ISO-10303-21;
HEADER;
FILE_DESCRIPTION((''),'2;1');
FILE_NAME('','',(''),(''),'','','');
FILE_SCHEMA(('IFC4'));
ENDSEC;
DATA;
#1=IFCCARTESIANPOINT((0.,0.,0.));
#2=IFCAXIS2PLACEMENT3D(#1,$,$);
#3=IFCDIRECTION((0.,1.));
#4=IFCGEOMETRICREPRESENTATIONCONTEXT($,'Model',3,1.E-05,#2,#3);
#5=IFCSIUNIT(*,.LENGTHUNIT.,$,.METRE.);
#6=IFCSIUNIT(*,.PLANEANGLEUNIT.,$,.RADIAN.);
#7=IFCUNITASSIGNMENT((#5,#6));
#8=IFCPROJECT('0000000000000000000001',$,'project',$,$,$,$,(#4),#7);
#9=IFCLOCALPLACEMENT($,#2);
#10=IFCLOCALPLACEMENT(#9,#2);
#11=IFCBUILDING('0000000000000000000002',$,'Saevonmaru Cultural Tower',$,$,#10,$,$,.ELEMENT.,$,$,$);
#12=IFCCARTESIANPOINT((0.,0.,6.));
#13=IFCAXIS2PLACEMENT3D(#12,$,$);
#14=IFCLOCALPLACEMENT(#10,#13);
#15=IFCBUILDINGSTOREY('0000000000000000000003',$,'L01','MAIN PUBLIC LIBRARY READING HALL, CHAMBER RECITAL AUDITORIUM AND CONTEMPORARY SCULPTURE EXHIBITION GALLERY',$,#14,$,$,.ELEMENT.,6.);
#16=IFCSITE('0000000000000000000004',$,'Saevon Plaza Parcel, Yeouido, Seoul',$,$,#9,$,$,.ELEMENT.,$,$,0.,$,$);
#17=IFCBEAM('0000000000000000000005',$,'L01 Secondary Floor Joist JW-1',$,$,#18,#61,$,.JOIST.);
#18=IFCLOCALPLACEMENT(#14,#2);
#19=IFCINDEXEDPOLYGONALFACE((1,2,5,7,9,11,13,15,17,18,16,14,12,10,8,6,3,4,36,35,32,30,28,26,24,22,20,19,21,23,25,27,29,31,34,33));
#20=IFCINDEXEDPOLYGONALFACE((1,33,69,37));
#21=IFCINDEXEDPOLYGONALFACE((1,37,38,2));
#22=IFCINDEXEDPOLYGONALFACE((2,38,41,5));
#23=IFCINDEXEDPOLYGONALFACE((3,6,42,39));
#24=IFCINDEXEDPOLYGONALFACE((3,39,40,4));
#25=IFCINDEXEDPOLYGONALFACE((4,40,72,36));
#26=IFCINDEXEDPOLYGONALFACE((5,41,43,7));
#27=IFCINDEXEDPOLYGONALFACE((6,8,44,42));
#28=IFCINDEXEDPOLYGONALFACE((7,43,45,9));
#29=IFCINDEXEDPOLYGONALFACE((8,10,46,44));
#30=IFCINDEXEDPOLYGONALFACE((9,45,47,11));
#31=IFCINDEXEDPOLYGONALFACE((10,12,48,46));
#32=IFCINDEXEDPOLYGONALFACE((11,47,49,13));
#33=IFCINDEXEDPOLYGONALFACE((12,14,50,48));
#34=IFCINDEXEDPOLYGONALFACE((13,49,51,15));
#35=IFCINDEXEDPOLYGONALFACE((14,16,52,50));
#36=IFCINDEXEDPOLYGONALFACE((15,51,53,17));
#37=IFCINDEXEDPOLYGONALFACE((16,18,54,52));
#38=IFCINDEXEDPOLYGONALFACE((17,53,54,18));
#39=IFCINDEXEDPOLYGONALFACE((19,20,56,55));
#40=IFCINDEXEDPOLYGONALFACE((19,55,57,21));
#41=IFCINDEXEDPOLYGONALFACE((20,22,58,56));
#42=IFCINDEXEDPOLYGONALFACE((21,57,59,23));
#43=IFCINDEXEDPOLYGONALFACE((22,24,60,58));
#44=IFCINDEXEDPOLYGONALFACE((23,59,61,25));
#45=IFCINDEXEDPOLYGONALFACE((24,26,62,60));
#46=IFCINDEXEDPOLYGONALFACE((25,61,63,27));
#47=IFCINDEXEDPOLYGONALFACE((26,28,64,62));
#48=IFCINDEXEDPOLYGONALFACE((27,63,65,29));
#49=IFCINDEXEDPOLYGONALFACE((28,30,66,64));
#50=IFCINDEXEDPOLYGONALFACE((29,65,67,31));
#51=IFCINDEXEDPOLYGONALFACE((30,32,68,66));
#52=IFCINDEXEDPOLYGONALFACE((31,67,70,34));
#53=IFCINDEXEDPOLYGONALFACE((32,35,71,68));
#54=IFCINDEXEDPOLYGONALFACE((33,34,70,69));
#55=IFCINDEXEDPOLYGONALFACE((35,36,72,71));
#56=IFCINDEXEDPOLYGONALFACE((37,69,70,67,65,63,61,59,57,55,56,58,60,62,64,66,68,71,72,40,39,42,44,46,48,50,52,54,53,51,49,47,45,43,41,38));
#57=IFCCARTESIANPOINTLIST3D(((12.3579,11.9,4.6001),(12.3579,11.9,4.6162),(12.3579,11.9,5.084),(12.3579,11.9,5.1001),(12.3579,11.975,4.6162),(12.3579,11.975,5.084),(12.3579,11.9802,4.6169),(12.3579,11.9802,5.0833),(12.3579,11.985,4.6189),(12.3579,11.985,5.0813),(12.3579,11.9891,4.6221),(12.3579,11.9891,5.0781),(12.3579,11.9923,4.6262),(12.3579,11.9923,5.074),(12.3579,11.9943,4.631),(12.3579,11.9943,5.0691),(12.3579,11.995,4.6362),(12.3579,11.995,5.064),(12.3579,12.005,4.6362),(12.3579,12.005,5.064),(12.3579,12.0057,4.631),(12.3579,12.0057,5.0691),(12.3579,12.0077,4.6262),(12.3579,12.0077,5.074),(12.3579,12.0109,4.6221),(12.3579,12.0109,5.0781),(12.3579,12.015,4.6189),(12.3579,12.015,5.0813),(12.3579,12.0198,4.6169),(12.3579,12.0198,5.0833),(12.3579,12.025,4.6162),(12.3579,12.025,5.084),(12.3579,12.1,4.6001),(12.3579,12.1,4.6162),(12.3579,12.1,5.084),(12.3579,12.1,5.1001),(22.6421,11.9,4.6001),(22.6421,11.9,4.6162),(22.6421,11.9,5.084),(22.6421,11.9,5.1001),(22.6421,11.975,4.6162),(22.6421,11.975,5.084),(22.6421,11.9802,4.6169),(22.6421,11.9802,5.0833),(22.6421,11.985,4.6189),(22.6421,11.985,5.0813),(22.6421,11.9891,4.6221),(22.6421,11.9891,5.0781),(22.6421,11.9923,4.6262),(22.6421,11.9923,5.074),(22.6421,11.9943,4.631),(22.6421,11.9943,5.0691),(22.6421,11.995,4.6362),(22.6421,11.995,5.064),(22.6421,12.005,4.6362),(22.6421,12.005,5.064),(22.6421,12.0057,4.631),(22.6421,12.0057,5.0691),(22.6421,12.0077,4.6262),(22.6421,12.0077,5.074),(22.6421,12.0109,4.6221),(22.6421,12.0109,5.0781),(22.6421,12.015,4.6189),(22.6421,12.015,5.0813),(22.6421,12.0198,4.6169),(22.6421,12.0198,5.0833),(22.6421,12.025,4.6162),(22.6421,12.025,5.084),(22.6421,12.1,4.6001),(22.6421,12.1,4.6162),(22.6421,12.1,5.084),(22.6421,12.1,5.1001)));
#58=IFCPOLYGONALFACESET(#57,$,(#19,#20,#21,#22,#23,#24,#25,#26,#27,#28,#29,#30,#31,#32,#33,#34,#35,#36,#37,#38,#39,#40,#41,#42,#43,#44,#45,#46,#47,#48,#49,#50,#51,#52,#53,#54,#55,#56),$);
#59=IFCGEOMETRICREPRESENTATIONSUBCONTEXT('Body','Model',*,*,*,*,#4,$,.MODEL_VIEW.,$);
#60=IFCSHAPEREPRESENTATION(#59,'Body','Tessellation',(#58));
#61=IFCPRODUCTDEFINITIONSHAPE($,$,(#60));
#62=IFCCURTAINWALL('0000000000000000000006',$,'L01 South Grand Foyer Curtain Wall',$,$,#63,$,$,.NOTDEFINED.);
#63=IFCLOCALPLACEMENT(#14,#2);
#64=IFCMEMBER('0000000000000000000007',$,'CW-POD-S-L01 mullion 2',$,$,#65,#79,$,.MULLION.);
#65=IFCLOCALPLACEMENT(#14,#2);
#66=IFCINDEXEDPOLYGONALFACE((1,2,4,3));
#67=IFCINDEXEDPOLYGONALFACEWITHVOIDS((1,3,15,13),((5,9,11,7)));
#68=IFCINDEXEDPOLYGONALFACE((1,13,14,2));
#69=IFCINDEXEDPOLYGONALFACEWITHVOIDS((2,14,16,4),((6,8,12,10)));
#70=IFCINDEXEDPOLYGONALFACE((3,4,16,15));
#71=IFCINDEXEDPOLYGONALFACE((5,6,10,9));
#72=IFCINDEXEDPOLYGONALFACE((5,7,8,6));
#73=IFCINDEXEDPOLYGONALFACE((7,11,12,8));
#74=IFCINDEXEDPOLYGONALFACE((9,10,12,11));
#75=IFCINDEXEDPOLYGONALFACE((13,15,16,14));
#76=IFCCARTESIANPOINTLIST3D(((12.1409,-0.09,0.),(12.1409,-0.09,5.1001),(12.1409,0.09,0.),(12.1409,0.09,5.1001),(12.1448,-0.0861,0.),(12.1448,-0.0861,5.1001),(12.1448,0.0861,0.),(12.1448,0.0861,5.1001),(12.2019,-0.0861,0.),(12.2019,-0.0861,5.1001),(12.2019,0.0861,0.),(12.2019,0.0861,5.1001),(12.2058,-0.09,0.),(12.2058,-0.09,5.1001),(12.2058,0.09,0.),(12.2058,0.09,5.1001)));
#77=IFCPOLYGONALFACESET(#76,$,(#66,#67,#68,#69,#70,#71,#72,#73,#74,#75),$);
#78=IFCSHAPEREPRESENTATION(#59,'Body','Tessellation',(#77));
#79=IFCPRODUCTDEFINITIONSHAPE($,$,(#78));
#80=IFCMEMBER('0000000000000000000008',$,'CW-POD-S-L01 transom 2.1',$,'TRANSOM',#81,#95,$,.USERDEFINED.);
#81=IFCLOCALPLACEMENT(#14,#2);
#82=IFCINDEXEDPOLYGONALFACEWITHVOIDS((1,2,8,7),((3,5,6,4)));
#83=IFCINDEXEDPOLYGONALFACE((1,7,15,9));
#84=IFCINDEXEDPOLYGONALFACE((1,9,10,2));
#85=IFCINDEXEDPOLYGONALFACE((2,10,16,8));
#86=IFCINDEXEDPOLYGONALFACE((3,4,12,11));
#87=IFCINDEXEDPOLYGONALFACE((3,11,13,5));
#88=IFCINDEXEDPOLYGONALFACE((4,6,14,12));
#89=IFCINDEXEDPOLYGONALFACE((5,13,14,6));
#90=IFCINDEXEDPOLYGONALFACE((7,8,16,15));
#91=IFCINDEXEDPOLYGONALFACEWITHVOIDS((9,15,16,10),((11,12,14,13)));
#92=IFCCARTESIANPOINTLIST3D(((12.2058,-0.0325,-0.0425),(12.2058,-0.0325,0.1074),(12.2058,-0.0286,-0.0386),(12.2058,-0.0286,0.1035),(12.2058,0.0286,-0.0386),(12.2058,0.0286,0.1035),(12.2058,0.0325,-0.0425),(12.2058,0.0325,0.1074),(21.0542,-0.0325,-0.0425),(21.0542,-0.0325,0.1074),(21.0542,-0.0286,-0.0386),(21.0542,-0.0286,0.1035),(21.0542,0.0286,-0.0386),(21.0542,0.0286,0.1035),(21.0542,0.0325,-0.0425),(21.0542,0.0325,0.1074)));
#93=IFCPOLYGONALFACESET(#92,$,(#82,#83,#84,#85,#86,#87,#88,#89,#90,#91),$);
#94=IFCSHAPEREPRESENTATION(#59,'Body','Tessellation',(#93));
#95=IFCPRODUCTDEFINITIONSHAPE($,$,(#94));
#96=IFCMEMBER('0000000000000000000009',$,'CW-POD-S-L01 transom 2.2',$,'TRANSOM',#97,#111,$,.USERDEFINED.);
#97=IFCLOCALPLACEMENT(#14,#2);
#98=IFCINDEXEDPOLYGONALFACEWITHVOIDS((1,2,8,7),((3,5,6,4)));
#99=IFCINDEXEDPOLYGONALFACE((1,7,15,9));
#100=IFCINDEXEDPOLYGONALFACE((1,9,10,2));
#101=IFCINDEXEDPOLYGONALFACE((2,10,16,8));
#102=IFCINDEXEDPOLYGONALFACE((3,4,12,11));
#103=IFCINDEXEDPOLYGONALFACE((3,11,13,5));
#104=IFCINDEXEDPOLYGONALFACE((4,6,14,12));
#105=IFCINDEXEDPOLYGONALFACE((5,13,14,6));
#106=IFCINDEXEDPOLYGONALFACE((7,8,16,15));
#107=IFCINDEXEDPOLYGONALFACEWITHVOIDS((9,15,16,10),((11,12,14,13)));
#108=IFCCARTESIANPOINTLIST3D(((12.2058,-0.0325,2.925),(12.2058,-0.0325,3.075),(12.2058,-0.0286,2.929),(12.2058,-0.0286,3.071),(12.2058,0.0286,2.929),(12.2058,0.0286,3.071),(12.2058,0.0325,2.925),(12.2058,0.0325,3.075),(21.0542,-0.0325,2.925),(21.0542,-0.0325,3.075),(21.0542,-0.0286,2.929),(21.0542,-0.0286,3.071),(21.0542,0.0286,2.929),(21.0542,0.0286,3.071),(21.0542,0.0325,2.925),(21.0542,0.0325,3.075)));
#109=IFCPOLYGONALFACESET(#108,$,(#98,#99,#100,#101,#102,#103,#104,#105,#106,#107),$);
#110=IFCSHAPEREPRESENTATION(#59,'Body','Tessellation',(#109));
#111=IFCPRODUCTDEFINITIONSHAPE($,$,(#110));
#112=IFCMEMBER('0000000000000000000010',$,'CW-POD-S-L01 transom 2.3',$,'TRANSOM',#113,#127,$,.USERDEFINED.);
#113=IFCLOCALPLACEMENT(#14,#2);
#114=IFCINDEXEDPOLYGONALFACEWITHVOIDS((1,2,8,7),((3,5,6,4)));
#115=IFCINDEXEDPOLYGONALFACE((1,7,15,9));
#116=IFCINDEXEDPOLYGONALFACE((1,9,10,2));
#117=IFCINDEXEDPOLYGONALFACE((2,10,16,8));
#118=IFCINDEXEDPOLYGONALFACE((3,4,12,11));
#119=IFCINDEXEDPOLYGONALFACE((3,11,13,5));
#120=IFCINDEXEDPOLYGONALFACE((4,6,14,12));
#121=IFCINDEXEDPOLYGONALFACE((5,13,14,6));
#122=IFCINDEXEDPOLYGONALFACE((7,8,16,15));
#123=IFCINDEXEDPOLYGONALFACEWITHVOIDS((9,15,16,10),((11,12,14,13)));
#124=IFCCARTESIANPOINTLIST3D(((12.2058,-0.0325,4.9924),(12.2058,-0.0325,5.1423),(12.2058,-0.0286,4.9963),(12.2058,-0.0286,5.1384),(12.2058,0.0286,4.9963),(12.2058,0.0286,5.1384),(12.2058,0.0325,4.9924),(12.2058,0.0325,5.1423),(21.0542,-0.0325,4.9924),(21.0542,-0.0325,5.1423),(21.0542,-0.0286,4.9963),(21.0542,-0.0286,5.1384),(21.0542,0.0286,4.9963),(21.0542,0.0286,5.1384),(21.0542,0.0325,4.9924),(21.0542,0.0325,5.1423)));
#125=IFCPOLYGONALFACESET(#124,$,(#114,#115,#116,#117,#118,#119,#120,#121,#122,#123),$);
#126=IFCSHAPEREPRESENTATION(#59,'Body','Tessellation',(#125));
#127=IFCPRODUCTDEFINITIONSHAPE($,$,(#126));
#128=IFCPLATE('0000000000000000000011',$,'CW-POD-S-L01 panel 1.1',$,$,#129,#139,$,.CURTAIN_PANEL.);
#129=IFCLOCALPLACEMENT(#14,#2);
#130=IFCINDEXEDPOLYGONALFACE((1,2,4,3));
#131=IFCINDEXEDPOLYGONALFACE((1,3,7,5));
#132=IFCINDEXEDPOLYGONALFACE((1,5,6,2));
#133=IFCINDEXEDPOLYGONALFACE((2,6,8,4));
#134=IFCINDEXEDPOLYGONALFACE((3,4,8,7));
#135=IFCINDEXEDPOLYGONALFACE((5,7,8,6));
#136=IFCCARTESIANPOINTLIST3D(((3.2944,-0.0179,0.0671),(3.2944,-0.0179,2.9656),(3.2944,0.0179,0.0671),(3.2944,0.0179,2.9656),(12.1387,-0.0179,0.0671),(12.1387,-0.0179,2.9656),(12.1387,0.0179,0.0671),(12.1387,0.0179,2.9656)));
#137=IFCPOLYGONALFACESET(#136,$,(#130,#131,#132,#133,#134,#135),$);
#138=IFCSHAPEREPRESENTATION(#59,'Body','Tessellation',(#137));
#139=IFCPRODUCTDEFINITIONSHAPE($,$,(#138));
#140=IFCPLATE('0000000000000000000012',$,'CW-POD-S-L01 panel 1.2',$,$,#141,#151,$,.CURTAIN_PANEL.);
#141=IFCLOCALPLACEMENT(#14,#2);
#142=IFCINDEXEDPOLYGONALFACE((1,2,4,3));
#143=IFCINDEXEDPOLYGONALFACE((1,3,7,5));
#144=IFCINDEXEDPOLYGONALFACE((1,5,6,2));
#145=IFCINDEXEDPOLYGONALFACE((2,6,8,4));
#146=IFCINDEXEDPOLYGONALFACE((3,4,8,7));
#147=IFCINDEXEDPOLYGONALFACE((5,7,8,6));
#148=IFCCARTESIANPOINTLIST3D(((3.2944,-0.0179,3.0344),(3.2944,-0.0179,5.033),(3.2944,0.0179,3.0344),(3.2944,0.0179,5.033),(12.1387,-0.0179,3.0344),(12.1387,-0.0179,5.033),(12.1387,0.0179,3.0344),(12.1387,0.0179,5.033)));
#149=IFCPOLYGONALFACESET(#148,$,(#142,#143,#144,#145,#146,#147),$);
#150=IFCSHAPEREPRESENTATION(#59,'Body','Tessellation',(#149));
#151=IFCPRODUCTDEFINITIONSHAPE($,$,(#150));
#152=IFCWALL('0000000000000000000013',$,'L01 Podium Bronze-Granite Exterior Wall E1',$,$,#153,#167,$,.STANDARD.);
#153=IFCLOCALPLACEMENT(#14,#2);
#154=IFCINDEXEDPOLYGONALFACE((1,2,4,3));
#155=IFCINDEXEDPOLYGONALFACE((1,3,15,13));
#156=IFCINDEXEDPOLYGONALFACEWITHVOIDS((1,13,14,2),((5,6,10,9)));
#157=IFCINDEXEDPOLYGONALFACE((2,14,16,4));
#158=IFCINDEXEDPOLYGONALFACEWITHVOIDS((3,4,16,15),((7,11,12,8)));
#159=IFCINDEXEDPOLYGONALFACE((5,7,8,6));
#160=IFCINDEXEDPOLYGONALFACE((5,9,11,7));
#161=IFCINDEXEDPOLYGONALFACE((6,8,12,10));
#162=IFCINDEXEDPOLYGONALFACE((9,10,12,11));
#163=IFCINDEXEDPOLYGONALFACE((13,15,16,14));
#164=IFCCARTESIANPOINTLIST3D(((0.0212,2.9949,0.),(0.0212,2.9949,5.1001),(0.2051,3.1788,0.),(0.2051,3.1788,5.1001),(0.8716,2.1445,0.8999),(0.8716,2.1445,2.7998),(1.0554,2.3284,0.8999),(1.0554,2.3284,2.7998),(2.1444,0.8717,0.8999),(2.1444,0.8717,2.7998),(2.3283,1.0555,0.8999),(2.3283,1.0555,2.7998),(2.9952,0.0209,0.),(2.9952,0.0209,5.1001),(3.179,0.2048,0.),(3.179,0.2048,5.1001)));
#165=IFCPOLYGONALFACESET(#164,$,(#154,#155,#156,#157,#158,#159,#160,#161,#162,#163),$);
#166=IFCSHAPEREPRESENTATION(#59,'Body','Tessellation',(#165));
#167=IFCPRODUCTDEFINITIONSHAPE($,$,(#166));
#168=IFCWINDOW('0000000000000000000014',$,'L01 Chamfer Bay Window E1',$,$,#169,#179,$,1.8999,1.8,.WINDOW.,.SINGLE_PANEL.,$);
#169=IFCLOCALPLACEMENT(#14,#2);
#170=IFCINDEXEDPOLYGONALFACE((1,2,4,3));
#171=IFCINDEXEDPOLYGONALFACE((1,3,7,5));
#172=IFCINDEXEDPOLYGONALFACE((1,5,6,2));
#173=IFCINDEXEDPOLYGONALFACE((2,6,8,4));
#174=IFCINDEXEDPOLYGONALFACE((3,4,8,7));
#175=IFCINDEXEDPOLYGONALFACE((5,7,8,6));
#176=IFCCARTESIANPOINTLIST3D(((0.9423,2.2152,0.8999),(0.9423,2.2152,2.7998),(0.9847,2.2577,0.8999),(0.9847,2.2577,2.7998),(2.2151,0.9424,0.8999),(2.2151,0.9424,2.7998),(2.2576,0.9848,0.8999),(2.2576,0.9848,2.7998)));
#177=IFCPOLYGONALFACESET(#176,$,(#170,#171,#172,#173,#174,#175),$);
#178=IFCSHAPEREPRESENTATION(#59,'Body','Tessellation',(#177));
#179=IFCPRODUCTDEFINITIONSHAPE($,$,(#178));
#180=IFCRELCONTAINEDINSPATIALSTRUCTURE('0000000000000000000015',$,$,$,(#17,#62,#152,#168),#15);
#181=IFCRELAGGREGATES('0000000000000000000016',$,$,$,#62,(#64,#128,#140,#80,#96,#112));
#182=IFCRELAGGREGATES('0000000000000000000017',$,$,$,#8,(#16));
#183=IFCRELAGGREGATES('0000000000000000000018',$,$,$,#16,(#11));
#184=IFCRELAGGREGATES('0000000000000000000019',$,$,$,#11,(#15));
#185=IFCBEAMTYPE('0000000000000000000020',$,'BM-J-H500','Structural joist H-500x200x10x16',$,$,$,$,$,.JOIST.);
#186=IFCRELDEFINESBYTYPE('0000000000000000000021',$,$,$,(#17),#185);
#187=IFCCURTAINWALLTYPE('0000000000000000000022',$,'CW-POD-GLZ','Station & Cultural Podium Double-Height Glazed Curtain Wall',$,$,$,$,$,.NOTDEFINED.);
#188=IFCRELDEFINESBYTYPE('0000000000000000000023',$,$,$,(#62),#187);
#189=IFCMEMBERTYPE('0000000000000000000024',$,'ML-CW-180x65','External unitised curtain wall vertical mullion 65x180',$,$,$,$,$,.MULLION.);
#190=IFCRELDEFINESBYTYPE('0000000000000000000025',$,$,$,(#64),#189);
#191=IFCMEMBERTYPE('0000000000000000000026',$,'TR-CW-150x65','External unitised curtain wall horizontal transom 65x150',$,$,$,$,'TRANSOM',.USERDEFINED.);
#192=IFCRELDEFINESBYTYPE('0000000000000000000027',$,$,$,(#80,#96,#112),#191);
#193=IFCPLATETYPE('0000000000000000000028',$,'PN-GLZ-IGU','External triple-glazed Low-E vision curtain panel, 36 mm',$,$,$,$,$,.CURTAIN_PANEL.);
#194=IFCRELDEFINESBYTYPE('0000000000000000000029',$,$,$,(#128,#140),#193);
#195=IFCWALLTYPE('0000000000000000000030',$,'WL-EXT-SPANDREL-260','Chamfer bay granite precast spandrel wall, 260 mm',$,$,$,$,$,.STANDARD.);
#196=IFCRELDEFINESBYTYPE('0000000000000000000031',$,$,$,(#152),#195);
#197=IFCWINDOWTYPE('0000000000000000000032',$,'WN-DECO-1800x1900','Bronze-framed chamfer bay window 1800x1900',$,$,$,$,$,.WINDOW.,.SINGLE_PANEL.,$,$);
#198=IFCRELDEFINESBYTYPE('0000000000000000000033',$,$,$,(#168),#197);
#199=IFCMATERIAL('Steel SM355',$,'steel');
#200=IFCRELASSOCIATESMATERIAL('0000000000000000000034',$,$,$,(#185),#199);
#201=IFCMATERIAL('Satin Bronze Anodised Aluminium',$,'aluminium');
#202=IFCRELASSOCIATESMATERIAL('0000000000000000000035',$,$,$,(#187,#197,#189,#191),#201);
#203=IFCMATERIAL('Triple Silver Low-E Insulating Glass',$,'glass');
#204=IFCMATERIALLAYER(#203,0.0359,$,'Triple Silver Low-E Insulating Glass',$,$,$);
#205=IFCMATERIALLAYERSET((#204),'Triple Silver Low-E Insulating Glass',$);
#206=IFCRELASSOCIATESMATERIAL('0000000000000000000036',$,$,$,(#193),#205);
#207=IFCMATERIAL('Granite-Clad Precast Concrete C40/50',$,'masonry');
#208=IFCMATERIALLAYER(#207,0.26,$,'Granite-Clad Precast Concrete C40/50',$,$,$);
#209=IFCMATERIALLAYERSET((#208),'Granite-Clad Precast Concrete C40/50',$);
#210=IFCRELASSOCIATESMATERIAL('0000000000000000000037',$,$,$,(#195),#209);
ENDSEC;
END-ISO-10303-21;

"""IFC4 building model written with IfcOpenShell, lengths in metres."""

from ifc_helpers import new_model, si_unit, direction, frame, frame_2d, origin, origin_2d, place, context, subcontext, project, spatial, rectangle, hollow_rectangle, i_section, extrude, material, layer, layer_set, material_profile, profile_set, type_object, element, fill, aggregate, save


model = new_model("IFC4")

# Units and contexts
model_context = context("Model", 3, precision=1e-05, world=origin(), true_north=direction((0.0, 1.0)))
body_context = subcontext(model_context, "Body", "Model", "MODEL_VIEW")
ifc_project = project(units=[si_unit("LENGTHUNIT", "METRE"), si_unit("PLANEANGLEUNIT", "RADIAN")], contexts=[model_context])

# Site, building, storey
site_placement = place(None, origin())
site = spatial("IfcSite", under=ifc_project, at=site_placement, Name="Saevon Plaza Parcel, Yeouido, Seoul", CompositionType="ELEMENT", RefElevation=0.0)
building_placement = place(site_placement, origin())
building = spatial("IfcBuilding", under=site, at=building_placement, Name="Saevonmaru Cultural Tower", CompositionType="ELEMENT")
storey_placement = place(building_placement, frame((0.0, 0.0, 6.0)))
storey = spatial("IfcBuildingStorey", under=building, at=storey_placement, Name="L01", Description="MAIN PUBLIC LIBRARY READING HALL, CHAMBER RECITAL AUDITORIUM AND CONTEMPORARY SCULPTURE EXHIBITION GALLERY", CompositionType="ELEMENT", Elevation=6.0)

# Shared definitions
ifc_material_1 = material(Name="Steel SM355", Category="steel")

# Beam
ifc_material_profile_1 = material_profile(ifc_material_1, i_section(OverallWidth=0.2, OverallDepth=0.5, WebThickness=0.01, FlangeThickness=0.0161, FilletRadius=0.02, at=origin_2d()), Name="H-500x200x10x16")
ifc_profile_set_1 = profile_set([ifc_material_profile_1], Name="Steel SM355")
beam_type_1 = type_object("IfcBeamType", Name="BM-J-H500", Description="Structural joist H-500x200x10x16", PredefinedType="JOIST", material=ifc_profile_set_1)
beam_1_placement = place(storey_placement, frame((12.3579, 12.0, 4.8501), z_axis=(1.0, 0.0, 0.0), x_axis=(0.0, 1.0, 0.0)))
element("IfcBeam", 1, at=beam_1_placement, inside=storey, type_object=beam_type_1, Name="L01 Secondary Floor Joist JW-1", PredefinedType="JOIST", context=body_context, shape_type="SweptSolid", body=[
    extrude(i_section(OverallWidth=0.2, OverallDepth=0.5, WebThickness=0.01, FlangeThickness=0.0161, FilletRadius=0.02, at=origin_2d()), origin(), (0.0, 0.0, 1.0), 10.2842),
])

# Curtain wall, members, plates
ifc_material_2 = material(Name="Satin Bronze Anodised Aluminium", Category="aluminium")
curtain_wall_type = type_object("IfcCurtainWallType", Name="CW-POD-GLZ", Description="Station & Cultural Podium Double-Height Glazed Curtain Wall", PredefinedType="NOTDEFINED", material=ifc_material_2)
curtain_wall_placement = place(storey_placement, origin())
curtain_wall = element("IfcCurtainWall", 2, at=curtain_wall_placement, inside=storey, type_object=curtain_wall_type, Name="L01 South Grand Foyer Curtain Wall", PredefinedType="NOTDEFINED")
ifc_material_profile_2 = material_profile(ifc_material_2, hollow_rectangle(XDim=0.0649, YDim=0.1799, WallThickness=0.0039, at=origin_2d()), Name="ALU-MULL-180x65x4")
ifc_profile_set_2 = profile_set([ifc_material_profile_2], Name="Satin Bronze Anodised Aluminium")
member_type_1 = type_object("IfcMemberType", Name="ML-CW-180x65", Description="External unitised curtain wall vertical mullion 65x180", PredefinedType="MULLION", material=ifc_profile_set_2)
member_1_placement = place(storey_placement, frame((12.1733, 0.0, 0.0), z_axis=(0.0, 0.0, 1.0), x_axis=(1.0, 0.0, 0.0)))
member_1 = element("IfcMember", 3, at=member_1_placement, type_object=member_type_1, Name="CW-POD-S-L01 mullion 2", PredefinedType="MULLION", context=body_context, shape_type="SweptSolid", body=[
    extrude(hollow_rectangle(XDim=0.0649, YDim=0.1799, WallThickness=0.0039, at=origin_2d()), origin(), (0.0, 0.0, 1.0), 5.1001),
])
ifc_material_profile_3 = material_profile(ifc_material_2, hollow_rectangle(XDim=0.0649, YDim=0.1499, WallThickness=0.0039, at=origin_2d()), Name="ALU-TRAN-150x65x4")
ifc_profile_set_3 = profile_set([ifc_material_profile_3], Name="Satin Bronze Anodised Aluminium")
member_type_2 = type_object("IfcMemberType", Name="TR-CW-150x65", Description="External unitised curtain wall horizontal transom 65x150", ElementType="TRANSOM", PredefinedType="USERDEFINED", material=ifc_profile_set_3)
member_2_placement = place(storey_placement, frame((12.2058, 0.0, 0.0325), z_axis=(1.0, 0.0, 0.0), x_axis=(0.0, 1.0, 0.0)))
member_2 = element("IfcMember", 4, at=member_2_placement, type_object=member_type_2, Name="CW-POD-S-L01 transom 2.1", ObjectType="TRANSOM", PredefinedType="USERDEFINED", context=body_context, shape_type="SweptSolid", body=[
    extrude(hollow_rectangle(XDim=0.0649, YDim=0.1499, WallThickness=0.0039, at=origin_2d()), origin(), (0.0, 0.0, 1.0), 8.8484),
])
member_3_placement = place(storey_placement, frame((12.2058, 0.0, 3.0), z_axis=(1.0, 0.0, 0.0), x_axis=(0.0, 1.0, 0.0)))
member_3 = element("IfcMember", 5, at=member_3_placement, type_object=member_type_2, Name="CW-POD-S-L01 transom 2.2", ObjectType="TRANSOM", PredefinedType="USERDEFINED", context=body_context, shape_type="SweptSolid", body=[
    extrude(hollow_rectangle(XDim=0.0649, YDim=0.1499, WallThickness=0.0039, at=origin_2d()), origin(), (0.0, 0.0, 1.0), 8.8484),
])
member_4_placement = place(storey_placement, frame((12.2058, 0.0, 5.0674), z_axis=(1.0, 0.0, 0.0), x_axis=(0.0, 1.0, 0.0)))
member_4 = element("IfcMember", 6, at=member_4_placement, type_object=member_type_2, Name="CW-POD-S-L01 transom 2.3", ObjectType="TRANSOM", PredefinedType="USERDEFINED", context=body_context, shape_type="SweptSolid", body=[
    extrude(hollow_rectangle(XDim=0.0649, YDim=0.1499, WallThickness=0.0039, at=origin_2d()), origin(), (0.0, 0.0, 1.0), 8.8484),
])
ifc_material_3 = material(Name="Triple Silver Low-E Insulating Glass", Category="glass")
ifc_layer_1 = layer(ifc_material_3, 0.0359, Name="Triple Silver Low-E Insulating Glass")
ifc_layer_set_1 = layer_set([ifc_layer_1], Name="Triple Silver Low-E Insulating Glass")
plate_type = type_object("IfcPlateType", Name="PN-GLZ-IGU", Description="External triple-glazed Low-E vision curtain panel, 36 mm", PredefinedType="CURTAIN_PANEL", material=ifc_layer_set_1)
plate_1_placement = place(storey_placement, frame((7.7166, 0.0, 0.0671), z_axis=(0.0, 0.0, 1.0), x_axis=(1.0, 0.0, 0.0)))
plate_1 = element("IfcPlate", 7, at=plate_1_placement, type_object=plate_type, Name="CW-POD-S-L01 panel 1.1", PredefinedType="CURTAIN_PANEL", context=body_context, shape_type="SweptSolid", body=[
    extrude(rectangle(XDim=8.8442, YDim=0.0359, at=origin_2d()), origin(), (0.0, 0.0, 1.0), 2.8984),
])
plate_2_placement = place(storey_placement, frame((7.7166, 0.0, 3.0344), z_axis=(0.0, 0.0, 1.0), x_axis=(1.0, 0.0, 0.0)))
plate_2 = element("IfcPlate", 8, at=plate_2_placement, type_object=plate_type, Name="CW-POD-S-L01 panel 1.2", PredefinedType="CURTAIN_PANEL", context=body_context, shape_type="SweptSolid", body=[
    extrude(rectangle(XDim=8.8442, YDim=0.0359, at=origin_2d()), origin(), (0.0, 0.0, 1.0), 1.9985),
])
aggregate(curtain_wall, [member_1, plate_1, plate_2, member_2, member_3, member_4])

# Wall, opening, window
ifc_material_4 = material(Name="Granite-Clad Precast Concrete C40/50", Category="masonry")
ifc_layer_2 = layer(ifc_material_4, 0.26, Name="Granite-Clad Precast Concrete C40/50")
ifc_layer_set_2 = layer_set([ifc_layer_2], Name="Granite-Clad Precast Concrete C40/50")
wall_type_1 = type_object("IfcWallType", Name="WL-EXT-SPANDREL-260", Description="Chamfer bay granite precast spandrel wall, 260 mm", PredefinedType="STANDARD", material=ifc_layer_set_2)
wall_1_placement = place(storey_placement, frame((0.113, 3.0869, 0.0), z_axis=(0.0, 0.0, 1.0), x_axis=(0.707107, -0.707107, 0.0)))
wall_1 = element("IfcWall", 9, at=wall_1_placement, inside=storey, type_object=wall_type_1, Name="L01 Podium Bronze-Granite Exterior Wall E1", PredefinedType="STANDARD", context=body_context, shape_type="SweptSolid", body=[
    extrude(rectangle(XDim=4.2058, YDim=0.26, at=frame_2d((2.103, 0.0))), origin(), (0.0, 0.0, 1.0), 5.1001),
])
opening_placement = place(wall_1_placement, frame((1.2029, 0.0, 0.8999)))
opening = element("IfcOpeningElement", 10, at=opening_placement, cuts=wall_1, PredefinedType="OPENING", context=body_context, shape_type="SweptSolid", body=[
    extrude(rectangle(XDim=1.8, YDim=1.8999, at=frame_2d((0.8999, 0.95))), frame((0.0, 0.1401, 0.0), z_axis=(0.0, -1.0, 0.0), x_axis=(1.0, 0.0, 0.0)), (0.0, 0.0, 1.0), 0.28),
])
window_type = type_object("IfcWindowType", Name="WN-DECO-1800x1900", Description="Bronze-framed chamfer bay window 1800x1900", PartitioningType="SINGLE_PANEL", PredefinedType="WINDOW", material=ifc_material_2)
window_placement = place(opening_placement, origin())
window = element("IfcWindow", 11, at=window_placement, inside=storey, type_object=window_type, Name="L01 Chamfer Bay Window E1", OverallHeight=1.8999, OverallWidth=1.8, PartitioningType="SINGLE_PANEL", PredefinedType="WINDOW", context=body_context, shape_type="SweptSolid", body=[
    extrude(rectangle(XDim=1.8, YDim=1.8999, at=frame_2d((0.8999, 0.95))), frame((0.0, 0.03, 0.0), z_axis=(0.0, -1.0, 0.0), x_axis=(1.0, 0.0, 0.0)), (0.0, 0.0, 1.0), 0.0601),
])
fill(opening, window)

save(model, "model.ifc")
